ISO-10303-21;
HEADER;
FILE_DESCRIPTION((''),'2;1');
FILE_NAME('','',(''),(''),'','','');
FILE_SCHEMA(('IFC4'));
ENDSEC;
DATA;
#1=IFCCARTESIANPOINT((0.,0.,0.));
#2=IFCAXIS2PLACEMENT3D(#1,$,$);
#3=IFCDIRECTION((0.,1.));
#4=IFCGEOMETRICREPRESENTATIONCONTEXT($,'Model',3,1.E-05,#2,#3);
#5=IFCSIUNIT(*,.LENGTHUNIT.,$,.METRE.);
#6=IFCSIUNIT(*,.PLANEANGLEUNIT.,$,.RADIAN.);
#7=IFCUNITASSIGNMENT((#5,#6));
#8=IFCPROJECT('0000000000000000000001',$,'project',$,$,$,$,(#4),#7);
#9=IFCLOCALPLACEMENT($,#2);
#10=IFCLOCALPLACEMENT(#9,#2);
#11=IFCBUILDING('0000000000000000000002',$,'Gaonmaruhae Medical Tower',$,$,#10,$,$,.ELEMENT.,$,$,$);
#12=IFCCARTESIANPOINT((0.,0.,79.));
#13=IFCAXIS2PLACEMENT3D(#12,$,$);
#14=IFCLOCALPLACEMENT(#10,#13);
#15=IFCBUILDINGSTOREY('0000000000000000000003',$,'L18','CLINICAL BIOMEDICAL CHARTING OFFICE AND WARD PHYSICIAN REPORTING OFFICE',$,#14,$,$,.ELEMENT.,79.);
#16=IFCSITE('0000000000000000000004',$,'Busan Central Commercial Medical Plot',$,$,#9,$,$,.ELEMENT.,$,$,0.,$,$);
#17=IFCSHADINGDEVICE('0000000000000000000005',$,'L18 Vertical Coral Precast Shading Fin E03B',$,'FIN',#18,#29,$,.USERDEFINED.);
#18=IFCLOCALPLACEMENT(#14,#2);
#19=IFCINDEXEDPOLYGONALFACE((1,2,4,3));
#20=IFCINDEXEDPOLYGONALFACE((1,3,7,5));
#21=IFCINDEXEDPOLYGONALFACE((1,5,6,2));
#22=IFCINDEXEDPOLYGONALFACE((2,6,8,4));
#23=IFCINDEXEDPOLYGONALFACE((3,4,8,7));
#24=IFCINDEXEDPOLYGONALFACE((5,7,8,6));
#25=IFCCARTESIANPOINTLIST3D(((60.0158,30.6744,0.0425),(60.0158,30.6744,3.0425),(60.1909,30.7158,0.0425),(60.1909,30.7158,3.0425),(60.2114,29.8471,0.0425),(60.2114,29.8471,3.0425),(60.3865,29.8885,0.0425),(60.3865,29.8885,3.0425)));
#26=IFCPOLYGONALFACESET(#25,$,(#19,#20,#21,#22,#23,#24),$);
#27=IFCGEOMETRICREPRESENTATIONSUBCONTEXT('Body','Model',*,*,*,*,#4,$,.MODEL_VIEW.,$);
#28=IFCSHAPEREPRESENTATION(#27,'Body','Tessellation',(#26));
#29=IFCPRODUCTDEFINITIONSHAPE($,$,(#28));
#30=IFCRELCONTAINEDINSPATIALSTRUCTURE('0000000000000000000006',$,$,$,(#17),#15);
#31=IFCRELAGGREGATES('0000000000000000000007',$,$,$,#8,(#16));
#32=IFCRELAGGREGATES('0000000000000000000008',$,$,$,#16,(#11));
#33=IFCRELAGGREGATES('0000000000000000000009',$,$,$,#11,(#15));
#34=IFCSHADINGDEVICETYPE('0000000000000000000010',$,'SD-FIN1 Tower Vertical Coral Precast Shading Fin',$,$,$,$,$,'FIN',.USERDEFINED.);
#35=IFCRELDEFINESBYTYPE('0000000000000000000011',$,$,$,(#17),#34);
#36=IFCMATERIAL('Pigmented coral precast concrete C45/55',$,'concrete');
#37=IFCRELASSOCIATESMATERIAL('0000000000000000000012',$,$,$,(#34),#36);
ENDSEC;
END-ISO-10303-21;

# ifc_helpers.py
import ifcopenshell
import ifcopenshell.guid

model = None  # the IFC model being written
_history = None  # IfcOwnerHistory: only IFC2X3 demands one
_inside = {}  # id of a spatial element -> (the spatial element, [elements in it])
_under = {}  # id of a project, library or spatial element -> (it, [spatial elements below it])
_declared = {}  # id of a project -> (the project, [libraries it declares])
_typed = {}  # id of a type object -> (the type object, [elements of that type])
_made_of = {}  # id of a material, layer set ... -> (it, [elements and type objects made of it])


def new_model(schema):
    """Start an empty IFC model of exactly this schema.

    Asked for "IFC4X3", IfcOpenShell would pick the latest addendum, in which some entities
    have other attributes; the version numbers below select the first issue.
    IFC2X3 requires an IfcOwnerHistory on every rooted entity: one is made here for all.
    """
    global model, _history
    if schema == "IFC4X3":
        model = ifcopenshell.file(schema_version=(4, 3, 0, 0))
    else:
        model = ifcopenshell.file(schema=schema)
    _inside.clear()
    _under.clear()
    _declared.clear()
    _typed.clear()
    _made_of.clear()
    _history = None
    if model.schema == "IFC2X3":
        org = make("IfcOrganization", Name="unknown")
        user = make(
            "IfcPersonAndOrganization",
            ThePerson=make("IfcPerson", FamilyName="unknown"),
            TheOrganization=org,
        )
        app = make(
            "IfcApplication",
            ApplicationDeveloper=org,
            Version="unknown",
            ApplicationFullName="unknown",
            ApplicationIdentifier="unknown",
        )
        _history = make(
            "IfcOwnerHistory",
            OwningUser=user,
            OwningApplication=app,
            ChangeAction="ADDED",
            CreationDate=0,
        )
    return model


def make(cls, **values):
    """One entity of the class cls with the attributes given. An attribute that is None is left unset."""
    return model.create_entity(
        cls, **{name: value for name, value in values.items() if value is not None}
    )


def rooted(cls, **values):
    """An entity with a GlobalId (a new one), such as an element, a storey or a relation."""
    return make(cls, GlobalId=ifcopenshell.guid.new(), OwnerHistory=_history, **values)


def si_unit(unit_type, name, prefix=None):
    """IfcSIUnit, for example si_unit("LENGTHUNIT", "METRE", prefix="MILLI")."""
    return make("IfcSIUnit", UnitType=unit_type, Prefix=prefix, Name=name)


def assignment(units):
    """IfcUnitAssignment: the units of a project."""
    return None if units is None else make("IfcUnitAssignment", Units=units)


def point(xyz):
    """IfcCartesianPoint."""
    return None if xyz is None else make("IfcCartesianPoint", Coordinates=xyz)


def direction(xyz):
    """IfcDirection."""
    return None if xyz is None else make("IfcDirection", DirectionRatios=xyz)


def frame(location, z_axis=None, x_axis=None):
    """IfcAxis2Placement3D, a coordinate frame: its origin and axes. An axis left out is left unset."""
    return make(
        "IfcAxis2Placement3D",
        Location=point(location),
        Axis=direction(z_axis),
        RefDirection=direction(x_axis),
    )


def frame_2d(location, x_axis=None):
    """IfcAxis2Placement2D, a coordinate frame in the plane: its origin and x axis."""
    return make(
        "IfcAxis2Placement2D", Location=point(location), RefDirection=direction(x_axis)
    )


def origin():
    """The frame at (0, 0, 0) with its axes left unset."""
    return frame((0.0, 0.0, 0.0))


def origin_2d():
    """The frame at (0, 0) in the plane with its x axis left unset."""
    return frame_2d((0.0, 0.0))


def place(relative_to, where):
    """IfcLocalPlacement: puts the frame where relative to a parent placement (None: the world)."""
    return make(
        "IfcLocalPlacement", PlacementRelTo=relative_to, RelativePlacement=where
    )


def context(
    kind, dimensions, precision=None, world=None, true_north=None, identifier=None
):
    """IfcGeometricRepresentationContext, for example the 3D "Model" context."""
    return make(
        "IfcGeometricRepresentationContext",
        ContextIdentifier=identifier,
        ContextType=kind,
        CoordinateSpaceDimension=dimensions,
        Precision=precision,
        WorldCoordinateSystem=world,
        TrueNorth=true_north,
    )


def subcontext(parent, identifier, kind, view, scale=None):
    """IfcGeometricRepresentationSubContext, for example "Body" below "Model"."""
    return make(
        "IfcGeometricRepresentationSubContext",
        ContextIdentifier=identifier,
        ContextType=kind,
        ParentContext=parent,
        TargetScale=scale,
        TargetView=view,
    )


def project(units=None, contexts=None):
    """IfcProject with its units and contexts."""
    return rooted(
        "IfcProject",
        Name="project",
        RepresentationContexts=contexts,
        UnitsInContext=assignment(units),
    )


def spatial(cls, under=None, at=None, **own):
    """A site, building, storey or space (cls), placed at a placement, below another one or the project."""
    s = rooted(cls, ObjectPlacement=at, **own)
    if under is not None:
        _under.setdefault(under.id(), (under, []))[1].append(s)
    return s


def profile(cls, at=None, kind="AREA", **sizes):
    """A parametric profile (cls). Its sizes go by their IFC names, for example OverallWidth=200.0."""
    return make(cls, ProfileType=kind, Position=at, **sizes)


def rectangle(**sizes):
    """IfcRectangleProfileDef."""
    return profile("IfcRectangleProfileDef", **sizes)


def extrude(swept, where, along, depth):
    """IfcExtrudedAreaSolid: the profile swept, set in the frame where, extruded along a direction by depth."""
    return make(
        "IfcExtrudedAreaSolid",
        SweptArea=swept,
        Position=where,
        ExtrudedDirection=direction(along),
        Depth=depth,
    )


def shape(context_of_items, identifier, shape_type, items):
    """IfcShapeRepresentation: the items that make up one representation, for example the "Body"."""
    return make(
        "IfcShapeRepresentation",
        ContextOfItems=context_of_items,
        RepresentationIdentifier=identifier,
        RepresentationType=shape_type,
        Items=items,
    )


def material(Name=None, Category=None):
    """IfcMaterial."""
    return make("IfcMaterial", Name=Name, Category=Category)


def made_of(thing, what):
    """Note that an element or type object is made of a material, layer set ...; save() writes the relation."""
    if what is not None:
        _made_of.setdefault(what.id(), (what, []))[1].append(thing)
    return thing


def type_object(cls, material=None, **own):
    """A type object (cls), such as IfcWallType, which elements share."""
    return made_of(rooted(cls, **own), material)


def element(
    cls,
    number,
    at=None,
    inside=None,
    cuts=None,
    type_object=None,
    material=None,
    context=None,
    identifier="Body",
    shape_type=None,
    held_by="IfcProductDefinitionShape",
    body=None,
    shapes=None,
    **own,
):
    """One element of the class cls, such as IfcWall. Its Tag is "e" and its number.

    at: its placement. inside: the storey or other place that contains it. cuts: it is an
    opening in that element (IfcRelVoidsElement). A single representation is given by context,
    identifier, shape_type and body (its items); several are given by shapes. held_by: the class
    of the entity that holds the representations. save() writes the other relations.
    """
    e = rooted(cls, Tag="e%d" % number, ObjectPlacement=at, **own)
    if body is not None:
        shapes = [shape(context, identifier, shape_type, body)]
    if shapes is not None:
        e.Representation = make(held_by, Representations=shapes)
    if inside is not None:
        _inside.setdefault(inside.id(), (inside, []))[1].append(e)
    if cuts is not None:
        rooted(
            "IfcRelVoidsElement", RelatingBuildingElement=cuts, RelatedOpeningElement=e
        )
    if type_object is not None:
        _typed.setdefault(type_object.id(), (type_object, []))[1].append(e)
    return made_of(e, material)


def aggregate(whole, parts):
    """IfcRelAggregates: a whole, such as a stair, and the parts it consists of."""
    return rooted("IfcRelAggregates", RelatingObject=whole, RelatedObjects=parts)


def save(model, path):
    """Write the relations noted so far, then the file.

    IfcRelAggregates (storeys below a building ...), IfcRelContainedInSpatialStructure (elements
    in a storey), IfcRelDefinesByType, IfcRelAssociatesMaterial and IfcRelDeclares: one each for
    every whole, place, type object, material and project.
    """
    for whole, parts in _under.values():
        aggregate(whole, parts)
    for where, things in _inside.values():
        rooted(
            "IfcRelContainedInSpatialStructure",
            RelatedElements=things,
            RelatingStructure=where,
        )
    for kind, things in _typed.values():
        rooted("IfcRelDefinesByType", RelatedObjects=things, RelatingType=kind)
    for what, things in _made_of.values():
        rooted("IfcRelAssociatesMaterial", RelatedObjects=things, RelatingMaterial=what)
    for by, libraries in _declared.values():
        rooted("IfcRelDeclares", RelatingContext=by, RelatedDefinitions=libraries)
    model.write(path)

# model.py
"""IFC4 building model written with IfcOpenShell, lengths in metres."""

from ifc_helpers import new_model, si_unit, direction, frame, origin, origin_2d, place, context, subcontext, project, spatial, rectangle, extrude, material, type_object, element, save


model = new_model("IFC4")

# Units and contexts
model_context = context("Model", 3, precision=1e-05, world=origin(), true_north=direction((0.0, 1.0)))
body_context = subcontext(model_context, "Body", "Model", "MODEL_VIEW")
ifc_project = project(units=[si_unit("LENGTHUNIT", "METRE"), si_unit("PLANEANGLEUNIT", "RADIAN")], contexts=[model_context])

# Site, building, storey
site_placement = place(None, origin())
site = spatial("IfcSite", under=ifc_project, at=site_placement, Name="Busan Central Commercial Medical Plot", CompositionType="ELEMENT", RefElevation=0.0)
building_placement = place(site_placement, origin())
building = spatial("IfcBuilding", under=site, at=building_placement, Name="Gaonmaruhae Medical Tower", CompositionType="ELEMENT")
storey_placement = place(building_placement, frame((0.0, 0.0, 79.0)))
storey = spatial("IfcBuildingStorey", under=building, at=storey_placement, Name="L18", Description="CLINICAL BIOMEDICAL CHARTING OFFICE AND WARD PHYSICIAN REPORTING OFFICE", CompositionType="ELEMENT", Elevation=79.0)

# Shading device
ifc_material_1 = material(Name="Pigmented coral precast concrete C45/55", Category="concrete")
shading_device_type = type_object("IfcShadingDeviceType", Name="SD-FIN1 Tower Vertical Coral Precast Shading Fin", ElementType="FIN", PredefinedType="USERDEFINED", material=ifc_material_1)
for number, where, z_axis, x_axis, name in (
    (1, (60.2012, 30.2815, 0.0425), (0.0, 0.0, 1.0), (0.973179, 0.23005, 0.0), "L18 Vertical Coral Precast Shading Fin E03B"),
):
    element("IfcShadingDevice", number, at=place(storey_placement, frame(where, z_axis=z_axis, x_axis=x_axis)), inside=storey, type_object=shading_device_type, Name=name, ObjectType="FIN", PredefinedType="USERDEFINED", context=body_context, shape_type="SweptSolid", body=[
        extrude(rectangle(XDim=0.1799, YDim=0.8501, at=origin_2d()), origin(), (0.0, 0.0, 1.0), 3.0),
    ])

save(model, "model.ifc")
